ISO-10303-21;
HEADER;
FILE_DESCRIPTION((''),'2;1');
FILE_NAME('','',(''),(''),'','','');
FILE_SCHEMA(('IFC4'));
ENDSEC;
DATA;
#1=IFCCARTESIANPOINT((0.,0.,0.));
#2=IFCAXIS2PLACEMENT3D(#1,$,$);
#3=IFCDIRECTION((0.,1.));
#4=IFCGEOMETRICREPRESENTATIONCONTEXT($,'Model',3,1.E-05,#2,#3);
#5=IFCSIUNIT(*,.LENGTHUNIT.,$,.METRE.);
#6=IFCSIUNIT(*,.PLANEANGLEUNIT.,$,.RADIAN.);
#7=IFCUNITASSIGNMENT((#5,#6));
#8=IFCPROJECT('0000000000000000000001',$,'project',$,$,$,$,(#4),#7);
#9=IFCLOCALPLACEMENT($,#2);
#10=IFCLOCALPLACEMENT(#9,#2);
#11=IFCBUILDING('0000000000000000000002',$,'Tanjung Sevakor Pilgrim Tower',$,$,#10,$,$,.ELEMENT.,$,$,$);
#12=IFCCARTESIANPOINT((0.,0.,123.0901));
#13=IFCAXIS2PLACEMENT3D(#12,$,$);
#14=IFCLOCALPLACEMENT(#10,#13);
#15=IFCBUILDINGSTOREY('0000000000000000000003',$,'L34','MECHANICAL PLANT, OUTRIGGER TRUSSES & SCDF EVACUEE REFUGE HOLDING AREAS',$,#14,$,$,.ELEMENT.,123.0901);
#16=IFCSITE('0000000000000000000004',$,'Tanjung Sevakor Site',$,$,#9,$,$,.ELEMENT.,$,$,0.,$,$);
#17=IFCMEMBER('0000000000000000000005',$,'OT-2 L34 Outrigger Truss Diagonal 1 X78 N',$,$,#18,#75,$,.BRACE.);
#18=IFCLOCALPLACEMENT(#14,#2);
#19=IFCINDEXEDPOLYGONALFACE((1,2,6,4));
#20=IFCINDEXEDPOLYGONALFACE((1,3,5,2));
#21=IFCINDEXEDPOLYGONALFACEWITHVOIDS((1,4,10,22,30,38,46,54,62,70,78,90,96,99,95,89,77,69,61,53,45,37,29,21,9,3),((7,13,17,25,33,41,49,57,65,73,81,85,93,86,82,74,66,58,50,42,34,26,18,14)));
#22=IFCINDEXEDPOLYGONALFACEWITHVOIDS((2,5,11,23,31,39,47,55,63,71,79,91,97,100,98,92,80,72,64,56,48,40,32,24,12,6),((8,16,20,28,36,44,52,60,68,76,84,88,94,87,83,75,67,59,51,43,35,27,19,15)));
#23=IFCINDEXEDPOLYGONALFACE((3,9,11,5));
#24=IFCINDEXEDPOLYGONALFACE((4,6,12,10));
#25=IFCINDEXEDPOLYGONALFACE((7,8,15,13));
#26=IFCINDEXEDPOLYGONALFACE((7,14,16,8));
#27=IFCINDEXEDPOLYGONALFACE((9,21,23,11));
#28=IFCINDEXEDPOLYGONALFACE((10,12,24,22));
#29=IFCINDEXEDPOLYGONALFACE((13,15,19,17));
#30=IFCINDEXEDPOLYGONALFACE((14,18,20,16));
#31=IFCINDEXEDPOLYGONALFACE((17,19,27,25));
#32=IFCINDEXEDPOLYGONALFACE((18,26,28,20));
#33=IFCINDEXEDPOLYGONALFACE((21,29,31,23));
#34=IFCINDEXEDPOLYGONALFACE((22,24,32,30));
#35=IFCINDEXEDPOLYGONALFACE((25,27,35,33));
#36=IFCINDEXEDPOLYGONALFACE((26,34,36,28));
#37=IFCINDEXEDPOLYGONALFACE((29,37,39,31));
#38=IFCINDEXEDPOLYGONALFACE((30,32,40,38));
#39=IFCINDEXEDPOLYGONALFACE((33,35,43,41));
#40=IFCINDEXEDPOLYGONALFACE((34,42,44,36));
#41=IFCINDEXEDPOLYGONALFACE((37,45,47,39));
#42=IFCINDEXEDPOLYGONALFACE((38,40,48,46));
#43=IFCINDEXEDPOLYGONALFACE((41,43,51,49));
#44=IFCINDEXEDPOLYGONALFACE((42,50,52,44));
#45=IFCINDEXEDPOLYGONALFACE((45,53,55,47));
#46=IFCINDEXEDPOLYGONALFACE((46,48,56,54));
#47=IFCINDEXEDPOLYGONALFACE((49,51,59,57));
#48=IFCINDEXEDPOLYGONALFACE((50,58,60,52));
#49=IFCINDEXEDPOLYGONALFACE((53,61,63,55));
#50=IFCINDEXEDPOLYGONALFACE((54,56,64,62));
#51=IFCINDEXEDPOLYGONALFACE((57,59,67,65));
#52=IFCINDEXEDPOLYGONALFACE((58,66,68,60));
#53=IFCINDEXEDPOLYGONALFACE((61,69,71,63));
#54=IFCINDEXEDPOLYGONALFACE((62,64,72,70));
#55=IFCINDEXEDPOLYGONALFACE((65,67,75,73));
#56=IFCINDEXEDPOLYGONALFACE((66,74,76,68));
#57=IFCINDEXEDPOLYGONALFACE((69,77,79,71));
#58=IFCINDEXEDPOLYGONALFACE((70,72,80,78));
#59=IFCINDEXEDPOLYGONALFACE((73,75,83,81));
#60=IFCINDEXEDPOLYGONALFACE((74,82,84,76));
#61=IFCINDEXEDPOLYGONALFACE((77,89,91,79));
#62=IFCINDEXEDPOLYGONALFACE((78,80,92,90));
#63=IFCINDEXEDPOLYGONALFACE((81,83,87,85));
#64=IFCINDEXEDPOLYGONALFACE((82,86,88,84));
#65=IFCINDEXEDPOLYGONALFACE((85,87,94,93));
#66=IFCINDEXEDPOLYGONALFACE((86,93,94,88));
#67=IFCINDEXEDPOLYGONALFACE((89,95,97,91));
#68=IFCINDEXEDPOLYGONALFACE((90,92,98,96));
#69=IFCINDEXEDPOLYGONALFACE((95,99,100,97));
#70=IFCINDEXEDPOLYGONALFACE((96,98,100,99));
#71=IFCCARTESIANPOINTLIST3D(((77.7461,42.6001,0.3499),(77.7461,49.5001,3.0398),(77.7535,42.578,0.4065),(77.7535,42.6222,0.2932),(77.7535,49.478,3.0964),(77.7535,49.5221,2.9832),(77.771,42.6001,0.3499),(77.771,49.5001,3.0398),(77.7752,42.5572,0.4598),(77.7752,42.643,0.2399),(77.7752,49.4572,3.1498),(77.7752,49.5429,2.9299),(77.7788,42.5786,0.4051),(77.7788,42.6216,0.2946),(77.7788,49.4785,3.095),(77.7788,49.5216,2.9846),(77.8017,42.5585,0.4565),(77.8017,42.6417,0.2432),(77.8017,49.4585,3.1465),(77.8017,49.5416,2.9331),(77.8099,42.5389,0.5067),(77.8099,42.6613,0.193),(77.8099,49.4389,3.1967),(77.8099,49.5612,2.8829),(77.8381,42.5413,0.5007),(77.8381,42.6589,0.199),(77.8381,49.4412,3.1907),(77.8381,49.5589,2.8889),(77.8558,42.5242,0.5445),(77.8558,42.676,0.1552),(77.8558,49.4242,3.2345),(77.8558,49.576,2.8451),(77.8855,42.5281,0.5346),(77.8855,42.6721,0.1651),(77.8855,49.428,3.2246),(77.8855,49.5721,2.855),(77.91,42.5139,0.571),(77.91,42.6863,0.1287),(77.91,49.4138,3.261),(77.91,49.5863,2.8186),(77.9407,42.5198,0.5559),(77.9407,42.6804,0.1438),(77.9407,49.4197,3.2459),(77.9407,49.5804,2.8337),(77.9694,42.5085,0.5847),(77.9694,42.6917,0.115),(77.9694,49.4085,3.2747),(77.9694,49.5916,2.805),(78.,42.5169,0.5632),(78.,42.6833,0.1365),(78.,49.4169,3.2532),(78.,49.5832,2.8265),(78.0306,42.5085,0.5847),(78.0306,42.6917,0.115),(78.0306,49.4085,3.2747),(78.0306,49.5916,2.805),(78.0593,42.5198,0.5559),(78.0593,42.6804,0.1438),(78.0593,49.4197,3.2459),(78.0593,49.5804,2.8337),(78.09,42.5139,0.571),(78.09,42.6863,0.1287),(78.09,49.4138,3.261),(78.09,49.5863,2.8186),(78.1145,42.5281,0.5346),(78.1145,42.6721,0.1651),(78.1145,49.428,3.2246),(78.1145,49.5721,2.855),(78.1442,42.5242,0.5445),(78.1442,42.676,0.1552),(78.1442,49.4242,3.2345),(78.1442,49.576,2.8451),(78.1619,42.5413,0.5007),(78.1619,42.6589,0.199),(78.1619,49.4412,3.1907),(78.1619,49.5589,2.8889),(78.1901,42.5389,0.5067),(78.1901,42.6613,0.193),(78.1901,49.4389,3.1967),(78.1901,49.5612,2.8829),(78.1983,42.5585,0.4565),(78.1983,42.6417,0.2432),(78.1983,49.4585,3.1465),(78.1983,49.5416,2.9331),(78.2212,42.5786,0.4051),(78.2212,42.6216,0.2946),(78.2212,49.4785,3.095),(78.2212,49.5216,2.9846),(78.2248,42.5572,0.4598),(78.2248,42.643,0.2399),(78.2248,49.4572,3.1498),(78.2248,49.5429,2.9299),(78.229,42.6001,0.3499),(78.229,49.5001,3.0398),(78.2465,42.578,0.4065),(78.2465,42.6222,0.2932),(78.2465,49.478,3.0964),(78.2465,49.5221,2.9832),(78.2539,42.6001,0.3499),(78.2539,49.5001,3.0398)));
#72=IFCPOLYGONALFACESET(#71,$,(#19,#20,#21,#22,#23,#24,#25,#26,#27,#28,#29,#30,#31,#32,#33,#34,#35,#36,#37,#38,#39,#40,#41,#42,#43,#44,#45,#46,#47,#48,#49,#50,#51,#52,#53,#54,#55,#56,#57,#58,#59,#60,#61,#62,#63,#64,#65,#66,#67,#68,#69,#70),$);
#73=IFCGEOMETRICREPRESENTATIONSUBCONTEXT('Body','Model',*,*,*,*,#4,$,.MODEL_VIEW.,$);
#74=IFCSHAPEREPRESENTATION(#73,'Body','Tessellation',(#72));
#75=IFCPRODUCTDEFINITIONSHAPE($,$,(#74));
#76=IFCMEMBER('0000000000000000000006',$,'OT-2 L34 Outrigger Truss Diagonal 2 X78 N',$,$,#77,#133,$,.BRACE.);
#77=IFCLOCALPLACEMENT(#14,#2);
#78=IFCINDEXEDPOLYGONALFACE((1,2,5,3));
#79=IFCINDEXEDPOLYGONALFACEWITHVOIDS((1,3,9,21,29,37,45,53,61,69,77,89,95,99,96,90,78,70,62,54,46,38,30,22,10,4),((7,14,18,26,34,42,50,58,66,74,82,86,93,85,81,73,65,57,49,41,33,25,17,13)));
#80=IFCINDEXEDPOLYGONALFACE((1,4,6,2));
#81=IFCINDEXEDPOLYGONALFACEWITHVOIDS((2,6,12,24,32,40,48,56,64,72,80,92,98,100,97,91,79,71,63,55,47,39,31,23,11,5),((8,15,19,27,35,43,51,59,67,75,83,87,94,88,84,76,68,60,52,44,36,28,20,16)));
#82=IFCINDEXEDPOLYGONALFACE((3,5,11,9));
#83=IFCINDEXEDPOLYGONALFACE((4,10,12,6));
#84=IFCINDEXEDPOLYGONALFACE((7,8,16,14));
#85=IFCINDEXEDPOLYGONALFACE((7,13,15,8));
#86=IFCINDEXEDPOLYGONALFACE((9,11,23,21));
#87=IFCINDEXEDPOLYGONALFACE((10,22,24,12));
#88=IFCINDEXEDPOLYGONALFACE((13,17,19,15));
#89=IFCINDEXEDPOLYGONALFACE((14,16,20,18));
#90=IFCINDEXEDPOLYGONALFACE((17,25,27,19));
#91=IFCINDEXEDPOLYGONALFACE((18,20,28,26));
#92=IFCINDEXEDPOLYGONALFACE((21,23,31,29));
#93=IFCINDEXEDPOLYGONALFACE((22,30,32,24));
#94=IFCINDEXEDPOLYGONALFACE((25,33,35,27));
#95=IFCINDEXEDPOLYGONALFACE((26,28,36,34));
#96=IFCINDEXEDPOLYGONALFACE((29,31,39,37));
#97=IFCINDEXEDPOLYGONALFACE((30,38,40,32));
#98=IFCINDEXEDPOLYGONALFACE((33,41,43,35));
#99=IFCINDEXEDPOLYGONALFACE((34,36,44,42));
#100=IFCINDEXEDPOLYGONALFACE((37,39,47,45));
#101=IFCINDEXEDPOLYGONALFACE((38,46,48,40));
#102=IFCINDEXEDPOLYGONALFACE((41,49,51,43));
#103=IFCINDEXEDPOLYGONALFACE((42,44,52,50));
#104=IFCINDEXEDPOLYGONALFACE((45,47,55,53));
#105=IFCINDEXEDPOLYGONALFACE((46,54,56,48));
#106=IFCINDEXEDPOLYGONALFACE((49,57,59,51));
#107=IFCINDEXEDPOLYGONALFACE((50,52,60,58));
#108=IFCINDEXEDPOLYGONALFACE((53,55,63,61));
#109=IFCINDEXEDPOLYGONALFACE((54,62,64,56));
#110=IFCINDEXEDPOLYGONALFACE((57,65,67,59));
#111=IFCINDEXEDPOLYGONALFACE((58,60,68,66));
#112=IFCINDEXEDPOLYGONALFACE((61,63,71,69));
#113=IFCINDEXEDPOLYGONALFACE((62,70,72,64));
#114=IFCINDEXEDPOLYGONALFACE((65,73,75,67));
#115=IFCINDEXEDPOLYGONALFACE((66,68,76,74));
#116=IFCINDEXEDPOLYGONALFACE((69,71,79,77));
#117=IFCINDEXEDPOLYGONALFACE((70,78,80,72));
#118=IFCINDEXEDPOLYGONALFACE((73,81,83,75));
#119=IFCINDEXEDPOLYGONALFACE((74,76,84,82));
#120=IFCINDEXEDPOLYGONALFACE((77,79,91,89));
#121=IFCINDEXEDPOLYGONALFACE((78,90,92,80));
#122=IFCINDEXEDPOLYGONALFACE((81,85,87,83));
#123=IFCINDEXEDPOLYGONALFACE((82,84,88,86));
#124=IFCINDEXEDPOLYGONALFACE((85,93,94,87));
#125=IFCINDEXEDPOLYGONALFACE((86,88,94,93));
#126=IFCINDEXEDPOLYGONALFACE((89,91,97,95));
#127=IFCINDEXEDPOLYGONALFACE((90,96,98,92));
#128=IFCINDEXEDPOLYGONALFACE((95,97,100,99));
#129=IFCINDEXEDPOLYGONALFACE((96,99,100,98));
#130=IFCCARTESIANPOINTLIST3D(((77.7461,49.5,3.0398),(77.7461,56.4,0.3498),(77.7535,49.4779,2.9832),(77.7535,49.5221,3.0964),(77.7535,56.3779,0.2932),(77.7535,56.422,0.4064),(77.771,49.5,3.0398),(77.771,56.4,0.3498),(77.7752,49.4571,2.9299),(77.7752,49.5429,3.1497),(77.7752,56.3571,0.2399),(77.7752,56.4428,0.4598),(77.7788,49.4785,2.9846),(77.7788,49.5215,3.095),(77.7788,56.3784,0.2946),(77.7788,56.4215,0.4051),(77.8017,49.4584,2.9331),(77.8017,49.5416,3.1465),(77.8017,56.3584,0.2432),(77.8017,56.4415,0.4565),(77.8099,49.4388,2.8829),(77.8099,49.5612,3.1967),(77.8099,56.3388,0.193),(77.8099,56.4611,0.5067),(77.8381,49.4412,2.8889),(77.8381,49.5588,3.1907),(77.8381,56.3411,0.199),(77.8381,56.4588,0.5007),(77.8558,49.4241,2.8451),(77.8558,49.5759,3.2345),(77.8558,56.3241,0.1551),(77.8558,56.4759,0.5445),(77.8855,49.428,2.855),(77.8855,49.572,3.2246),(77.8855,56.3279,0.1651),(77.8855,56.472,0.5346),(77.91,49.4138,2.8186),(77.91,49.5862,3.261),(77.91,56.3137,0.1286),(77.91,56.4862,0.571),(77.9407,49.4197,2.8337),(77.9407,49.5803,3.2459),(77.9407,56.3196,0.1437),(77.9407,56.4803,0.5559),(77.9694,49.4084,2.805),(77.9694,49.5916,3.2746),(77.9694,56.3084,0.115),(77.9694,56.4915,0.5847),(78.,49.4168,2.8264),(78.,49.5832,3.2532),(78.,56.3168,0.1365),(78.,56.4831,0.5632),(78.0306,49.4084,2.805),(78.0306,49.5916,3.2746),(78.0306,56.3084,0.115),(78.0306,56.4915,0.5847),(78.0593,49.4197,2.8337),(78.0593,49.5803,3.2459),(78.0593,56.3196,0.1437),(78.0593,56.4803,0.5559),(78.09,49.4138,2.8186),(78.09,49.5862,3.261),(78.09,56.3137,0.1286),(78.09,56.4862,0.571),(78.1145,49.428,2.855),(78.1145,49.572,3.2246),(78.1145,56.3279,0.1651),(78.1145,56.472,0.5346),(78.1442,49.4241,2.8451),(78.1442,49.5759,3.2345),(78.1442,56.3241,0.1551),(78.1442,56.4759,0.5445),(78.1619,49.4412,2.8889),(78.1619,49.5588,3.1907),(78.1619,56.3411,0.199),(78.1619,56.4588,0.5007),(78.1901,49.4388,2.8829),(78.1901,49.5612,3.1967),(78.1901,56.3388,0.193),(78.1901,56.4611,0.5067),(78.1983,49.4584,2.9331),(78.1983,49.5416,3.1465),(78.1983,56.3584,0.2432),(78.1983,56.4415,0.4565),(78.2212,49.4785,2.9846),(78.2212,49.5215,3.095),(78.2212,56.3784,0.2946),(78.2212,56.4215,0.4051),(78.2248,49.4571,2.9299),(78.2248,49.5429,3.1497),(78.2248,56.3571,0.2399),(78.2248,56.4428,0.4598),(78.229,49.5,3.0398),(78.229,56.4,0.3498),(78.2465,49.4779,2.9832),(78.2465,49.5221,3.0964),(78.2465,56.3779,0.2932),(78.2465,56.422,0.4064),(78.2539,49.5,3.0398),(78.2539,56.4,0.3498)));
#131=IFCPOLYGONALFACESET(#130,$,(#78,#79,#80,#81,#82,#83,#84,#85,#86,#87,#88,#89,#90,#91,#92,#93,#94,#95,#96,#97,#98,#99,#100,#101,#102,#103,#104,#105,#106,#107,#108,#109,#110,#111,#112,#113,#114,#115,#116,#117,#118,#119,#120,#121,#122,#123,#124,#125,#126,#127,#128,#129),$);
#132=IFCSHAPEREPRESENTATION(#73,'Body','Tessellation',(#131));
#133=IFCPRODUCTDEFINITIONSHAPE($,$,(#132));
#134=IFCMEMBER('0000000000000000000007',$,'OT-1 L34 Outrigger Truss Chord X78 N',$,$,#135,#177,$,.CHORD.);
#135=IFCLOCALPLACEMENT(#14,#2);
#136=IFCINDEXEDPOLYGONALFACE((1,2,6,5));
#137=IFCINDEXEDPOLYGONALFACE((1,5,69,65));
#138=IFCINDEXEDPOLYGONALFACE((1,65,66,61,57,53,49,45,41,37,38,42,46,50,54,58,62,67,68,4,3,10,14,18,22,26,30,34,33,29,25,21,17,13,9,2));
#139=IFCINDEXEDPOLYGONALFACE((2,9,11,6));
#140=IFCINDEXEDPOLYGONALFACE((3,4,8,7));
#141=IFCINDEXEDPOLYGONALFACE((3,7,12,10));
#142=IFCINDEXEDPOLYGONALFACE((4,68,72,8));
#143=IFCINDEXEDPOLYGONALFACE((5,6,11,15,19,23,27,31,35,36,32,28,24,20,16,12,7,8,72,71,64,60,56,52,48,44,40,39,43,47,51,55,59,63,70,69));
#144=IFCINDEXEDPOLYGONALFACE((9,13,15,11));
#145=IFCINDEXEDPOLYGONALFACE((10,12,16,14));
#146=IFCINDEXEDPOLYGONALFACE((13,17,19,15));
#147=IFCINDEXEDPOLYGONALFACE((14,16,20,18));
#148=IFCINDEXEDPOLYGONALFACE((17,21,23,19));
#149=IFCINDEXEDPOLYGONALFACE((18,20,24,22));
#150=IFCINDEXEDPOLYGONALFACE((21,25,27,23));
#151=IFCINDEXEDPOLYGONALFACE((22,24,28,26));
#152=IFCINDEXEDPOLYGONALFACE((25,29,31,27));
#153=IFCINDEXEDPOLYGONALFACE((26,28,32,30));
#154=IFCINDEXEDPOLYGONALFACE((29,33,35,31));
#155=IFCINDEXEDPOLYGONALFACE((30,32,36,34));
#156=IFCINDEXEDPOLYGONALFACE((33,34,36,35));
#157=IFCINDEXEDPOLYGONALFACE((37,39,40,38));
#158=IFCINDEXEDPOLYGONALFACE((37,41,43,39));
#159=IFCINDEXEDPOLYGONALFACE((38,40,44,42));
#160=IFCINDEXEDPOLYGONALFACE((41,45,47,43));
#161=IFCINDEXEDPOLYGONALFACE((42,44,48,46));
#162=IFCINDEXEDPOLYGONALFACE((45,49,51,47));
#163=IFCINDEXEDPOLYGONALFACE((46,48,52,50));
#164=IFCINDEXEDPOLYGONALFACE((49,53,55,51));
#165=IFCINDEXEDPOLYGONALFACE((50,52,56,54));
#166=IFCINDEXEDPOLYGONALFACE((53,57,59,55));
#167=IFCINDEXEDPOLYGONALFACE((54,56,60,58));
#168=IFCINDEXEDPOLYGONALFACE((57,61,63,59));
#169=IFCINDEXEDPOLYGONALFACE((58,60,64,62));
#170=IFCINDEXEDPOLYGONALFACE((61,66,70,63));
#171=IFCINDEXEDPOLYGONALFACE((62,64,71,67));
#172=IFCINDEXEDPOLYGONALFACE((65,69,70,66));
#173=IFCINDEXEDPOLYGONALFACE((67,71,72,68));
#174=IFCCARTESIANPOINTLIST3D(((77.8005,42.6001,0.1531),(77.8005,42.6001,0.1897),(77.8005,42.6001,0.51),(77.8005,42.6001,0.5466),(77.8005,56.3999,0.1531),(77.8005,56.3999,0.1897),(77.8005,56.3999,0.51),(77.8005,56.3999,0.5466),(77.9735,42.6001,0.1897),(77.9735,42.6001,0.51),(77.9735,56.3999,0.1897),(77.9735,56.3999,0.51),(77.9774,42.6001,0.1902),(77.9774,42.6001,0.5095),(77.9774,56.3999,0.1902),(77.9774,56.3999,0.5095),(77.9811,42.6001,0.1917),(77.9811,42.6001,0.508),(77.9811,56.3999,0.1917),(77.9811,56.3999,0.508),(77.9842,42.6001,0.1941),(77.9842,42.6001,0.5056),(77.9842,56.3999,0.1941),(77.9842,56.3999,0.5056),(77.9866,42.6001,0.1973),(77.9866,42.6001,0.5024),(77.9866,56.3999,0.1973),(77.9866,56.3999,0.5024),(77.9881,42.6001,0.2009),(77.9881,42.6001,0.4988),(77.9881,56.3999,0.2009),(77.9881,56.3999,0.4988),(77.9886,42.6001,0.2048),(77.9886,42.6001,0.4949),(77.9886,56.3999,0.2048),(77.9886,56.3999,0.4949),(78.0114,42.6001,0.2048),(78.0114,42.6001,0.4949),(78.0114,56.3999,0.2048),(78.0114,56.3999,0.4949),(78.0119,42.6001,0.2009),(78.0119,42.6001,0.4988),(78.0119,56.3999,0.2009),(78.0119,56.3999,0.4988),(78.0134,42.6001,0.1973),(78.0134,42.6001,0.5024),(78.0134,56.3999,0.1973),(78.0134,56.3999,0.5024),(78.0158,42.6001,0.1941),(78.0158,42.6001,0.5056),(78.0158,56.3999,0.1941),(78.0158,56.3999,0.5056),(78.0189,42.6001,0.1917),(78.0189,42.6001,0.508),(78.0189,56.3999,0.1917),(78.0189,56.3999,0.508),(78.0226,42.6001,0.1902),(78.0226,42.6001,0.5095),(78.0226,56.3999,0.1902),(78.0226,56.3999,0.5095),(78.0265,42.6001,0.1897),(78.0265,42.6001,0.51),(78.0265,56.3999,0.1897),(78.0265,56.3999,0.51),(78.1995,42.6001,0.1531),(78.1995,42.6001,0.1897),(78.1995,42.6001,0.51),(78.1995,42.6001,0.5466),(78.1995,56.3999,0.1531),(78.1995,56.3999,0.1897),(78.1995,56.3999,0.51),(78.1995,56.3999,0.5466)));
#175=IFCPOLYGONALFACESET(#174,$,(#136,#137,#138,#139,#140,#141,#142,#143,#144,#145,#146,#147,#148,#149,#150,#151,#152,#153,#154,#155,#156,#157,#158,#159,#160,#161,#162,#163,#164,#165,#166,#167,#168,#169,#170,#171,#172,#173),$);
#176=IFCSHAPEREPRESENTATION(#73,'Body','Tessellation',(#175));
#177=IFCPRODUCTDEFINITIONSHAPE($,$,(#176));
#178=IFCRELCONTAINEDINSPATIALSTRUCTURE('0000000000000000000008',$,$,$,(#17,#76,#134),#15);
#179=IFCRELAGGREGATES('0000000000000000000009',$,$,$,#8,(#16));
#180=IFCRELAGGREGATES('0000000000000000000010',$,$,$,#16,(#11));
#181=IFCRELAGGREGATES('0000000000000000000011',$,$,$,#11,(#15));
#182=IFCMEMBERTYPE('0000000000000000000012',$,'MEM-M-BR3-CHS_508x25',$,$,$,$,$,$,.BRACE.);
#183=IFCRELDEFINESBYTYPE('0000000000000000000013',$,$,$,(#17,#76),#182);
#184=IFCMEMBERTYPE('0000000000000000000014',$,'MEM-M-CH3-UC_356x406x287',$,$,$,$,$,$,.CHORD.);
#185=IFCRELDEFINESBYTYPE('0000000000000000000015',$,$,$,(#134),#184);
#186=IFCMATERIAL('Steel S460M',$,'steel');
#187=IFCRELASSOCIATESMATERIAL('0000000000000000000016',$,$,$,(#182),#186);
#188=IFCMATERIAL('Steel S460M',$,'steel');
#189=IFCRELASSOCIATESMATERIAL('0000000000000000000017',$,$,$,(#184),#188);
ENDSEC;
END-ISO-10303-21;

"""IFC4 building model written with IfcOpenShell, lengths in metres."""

from ifc_helpers import new_model, si_unit, direction, frame, origin, origin_2d, place, context, subcontext, project, spatial, hollow_circle, i_section, extrude, material, material_profile, profile_set, type_object, element, save


model = new_model("IFC4")

# Units and contexts
model_context = context("Model", 3, precision=1e-05, world=origin(), true_north=direction((0.0, 1.0)))
body_context = subcontext(model_context, "Body", "Model", "MODEL_VIEW")
ifc_project = project(units=[si_unit("LENGTHUNIT", "METRE"), si_unit("PLANEANGLEUNIT", "RADIAN")], contexts=[model_context])

# Site, building, storey
site_placement = place(None, origin())
site = spatial("IfcSite", under=ifc_project, at=site_placement, Name="Tanjung Sevakor Site", CompositionType="ELEMENT", RefElevation=0.0)
building_placement = place(site_placement, origin())
building = spatial("IfcBuilding", under=site, at=building_placement, Name="Tanjung Sevakor Pilgrim Tower", CompositionType="ELEMENT")
storey_placement = place(building_placement, frame((0.0, 0.0, 123.0901)))
storey = spatial("IfcBuildingStorey", under=building, at=storey_placement, Name="L34", Description="MECHANICAL PLANT, OUTRIGGER TRUSSES & SCDF EVACUEE REFUGE HOLDING AREAS", CompositionType="ELEMENT", Elevation=123.0901)

# Members
ifc_material_1 = material(Name="Steel S460M", Category="steel")
ifc_material_profile_1 = material_profile(ifc_material_1, hollow_circle(Radius=0.2539, WallThickness=0.0249, at=origin_2d()))
ifc_profile_set_1 = profile_set([ifc_material_profile_1], Name="Steel S460M")
member_type_1 = type_object("IfcMemberType", Name="MEM-M-BR3-CHS_508x25", PredefinedType="BRACE", material=ifc_profile_set_1)
for number, where, z_axis, x_axis, name in (
    (1, (78.0, 42.6001, 0.3499), (0.0, 0.931701, 0.363226), (-1.0, 0.0, 0.0), "OT-2 L34 Outrigger Truss Diagonal 1 X78 N"),
    (2, (78.0, 49.5, 3.0398), (0.0, 0.931701, -0.363226), (-1.0, 0.0, 0.0), "OT-2 L34 Outrigger Truss Diagonal 2 X78 N"),
):
    element("IfcMember", number, at=place(storey_placement, frame(where, z_axis=z_axis, x_axis=x_axis)), inside=storey, type_object=member_type_1, Name=name, PredefinedType="BRACE", context=body_context, shape_type="SweptSolid", body=[
        extrude(hollow_circle(Radius=0.2539, WallThickness=0.0249, at=origin_2d()), origin(), (0.0, 0.0, 1.0), 7.4058),
    ])
ifc_material_2 = material(Name="Steel S460M", Category="steel")
ifc_material_profile_2 = material_profile(ifc_material_2, i_section(OverallWidth=0.3989, OverallDepth=0.3936, WebThickness=0.0227, FlangeThickness=0.0366, FilletRadius=0.0151, at=origin_2d()))
ifc_profile_set_2 = profile_set([ifc_material_profile_2], Name="Steel S460M")
member_type_2 = type_object("IfcMemberType", Name="MEM-M-CH3-UC_356x406x287", PredefinedType="CHORD", material=ifc_profile_set_2)
member_1_placement = place(storey_placement, frame((78.0, 42.6001, 0.3499), z_axis=(0.0, 1.0, 0.0), x_axis=(-1.0, 0.0, 0.0)))
element("IfcMember", 3, at=member_1_placement, inside=storey, type_object=member_type_2, Name="OT-1 L34 Outrigger Truss Chord X78 N", PredefinedType="CHORD", context=body_context, shape_type="SweptSolid", body=[
    extrude(i_section(OverallWidth=0.3989, OverallDepth=0.3936, WebThickness=0.0227, FlangeThickness=0.0366, FilletRadius=0.0151, at=origin_2d()), origin(), (0.0, 0.0, 1.0), 13.7998),
])

save(model, "model.ifc")
